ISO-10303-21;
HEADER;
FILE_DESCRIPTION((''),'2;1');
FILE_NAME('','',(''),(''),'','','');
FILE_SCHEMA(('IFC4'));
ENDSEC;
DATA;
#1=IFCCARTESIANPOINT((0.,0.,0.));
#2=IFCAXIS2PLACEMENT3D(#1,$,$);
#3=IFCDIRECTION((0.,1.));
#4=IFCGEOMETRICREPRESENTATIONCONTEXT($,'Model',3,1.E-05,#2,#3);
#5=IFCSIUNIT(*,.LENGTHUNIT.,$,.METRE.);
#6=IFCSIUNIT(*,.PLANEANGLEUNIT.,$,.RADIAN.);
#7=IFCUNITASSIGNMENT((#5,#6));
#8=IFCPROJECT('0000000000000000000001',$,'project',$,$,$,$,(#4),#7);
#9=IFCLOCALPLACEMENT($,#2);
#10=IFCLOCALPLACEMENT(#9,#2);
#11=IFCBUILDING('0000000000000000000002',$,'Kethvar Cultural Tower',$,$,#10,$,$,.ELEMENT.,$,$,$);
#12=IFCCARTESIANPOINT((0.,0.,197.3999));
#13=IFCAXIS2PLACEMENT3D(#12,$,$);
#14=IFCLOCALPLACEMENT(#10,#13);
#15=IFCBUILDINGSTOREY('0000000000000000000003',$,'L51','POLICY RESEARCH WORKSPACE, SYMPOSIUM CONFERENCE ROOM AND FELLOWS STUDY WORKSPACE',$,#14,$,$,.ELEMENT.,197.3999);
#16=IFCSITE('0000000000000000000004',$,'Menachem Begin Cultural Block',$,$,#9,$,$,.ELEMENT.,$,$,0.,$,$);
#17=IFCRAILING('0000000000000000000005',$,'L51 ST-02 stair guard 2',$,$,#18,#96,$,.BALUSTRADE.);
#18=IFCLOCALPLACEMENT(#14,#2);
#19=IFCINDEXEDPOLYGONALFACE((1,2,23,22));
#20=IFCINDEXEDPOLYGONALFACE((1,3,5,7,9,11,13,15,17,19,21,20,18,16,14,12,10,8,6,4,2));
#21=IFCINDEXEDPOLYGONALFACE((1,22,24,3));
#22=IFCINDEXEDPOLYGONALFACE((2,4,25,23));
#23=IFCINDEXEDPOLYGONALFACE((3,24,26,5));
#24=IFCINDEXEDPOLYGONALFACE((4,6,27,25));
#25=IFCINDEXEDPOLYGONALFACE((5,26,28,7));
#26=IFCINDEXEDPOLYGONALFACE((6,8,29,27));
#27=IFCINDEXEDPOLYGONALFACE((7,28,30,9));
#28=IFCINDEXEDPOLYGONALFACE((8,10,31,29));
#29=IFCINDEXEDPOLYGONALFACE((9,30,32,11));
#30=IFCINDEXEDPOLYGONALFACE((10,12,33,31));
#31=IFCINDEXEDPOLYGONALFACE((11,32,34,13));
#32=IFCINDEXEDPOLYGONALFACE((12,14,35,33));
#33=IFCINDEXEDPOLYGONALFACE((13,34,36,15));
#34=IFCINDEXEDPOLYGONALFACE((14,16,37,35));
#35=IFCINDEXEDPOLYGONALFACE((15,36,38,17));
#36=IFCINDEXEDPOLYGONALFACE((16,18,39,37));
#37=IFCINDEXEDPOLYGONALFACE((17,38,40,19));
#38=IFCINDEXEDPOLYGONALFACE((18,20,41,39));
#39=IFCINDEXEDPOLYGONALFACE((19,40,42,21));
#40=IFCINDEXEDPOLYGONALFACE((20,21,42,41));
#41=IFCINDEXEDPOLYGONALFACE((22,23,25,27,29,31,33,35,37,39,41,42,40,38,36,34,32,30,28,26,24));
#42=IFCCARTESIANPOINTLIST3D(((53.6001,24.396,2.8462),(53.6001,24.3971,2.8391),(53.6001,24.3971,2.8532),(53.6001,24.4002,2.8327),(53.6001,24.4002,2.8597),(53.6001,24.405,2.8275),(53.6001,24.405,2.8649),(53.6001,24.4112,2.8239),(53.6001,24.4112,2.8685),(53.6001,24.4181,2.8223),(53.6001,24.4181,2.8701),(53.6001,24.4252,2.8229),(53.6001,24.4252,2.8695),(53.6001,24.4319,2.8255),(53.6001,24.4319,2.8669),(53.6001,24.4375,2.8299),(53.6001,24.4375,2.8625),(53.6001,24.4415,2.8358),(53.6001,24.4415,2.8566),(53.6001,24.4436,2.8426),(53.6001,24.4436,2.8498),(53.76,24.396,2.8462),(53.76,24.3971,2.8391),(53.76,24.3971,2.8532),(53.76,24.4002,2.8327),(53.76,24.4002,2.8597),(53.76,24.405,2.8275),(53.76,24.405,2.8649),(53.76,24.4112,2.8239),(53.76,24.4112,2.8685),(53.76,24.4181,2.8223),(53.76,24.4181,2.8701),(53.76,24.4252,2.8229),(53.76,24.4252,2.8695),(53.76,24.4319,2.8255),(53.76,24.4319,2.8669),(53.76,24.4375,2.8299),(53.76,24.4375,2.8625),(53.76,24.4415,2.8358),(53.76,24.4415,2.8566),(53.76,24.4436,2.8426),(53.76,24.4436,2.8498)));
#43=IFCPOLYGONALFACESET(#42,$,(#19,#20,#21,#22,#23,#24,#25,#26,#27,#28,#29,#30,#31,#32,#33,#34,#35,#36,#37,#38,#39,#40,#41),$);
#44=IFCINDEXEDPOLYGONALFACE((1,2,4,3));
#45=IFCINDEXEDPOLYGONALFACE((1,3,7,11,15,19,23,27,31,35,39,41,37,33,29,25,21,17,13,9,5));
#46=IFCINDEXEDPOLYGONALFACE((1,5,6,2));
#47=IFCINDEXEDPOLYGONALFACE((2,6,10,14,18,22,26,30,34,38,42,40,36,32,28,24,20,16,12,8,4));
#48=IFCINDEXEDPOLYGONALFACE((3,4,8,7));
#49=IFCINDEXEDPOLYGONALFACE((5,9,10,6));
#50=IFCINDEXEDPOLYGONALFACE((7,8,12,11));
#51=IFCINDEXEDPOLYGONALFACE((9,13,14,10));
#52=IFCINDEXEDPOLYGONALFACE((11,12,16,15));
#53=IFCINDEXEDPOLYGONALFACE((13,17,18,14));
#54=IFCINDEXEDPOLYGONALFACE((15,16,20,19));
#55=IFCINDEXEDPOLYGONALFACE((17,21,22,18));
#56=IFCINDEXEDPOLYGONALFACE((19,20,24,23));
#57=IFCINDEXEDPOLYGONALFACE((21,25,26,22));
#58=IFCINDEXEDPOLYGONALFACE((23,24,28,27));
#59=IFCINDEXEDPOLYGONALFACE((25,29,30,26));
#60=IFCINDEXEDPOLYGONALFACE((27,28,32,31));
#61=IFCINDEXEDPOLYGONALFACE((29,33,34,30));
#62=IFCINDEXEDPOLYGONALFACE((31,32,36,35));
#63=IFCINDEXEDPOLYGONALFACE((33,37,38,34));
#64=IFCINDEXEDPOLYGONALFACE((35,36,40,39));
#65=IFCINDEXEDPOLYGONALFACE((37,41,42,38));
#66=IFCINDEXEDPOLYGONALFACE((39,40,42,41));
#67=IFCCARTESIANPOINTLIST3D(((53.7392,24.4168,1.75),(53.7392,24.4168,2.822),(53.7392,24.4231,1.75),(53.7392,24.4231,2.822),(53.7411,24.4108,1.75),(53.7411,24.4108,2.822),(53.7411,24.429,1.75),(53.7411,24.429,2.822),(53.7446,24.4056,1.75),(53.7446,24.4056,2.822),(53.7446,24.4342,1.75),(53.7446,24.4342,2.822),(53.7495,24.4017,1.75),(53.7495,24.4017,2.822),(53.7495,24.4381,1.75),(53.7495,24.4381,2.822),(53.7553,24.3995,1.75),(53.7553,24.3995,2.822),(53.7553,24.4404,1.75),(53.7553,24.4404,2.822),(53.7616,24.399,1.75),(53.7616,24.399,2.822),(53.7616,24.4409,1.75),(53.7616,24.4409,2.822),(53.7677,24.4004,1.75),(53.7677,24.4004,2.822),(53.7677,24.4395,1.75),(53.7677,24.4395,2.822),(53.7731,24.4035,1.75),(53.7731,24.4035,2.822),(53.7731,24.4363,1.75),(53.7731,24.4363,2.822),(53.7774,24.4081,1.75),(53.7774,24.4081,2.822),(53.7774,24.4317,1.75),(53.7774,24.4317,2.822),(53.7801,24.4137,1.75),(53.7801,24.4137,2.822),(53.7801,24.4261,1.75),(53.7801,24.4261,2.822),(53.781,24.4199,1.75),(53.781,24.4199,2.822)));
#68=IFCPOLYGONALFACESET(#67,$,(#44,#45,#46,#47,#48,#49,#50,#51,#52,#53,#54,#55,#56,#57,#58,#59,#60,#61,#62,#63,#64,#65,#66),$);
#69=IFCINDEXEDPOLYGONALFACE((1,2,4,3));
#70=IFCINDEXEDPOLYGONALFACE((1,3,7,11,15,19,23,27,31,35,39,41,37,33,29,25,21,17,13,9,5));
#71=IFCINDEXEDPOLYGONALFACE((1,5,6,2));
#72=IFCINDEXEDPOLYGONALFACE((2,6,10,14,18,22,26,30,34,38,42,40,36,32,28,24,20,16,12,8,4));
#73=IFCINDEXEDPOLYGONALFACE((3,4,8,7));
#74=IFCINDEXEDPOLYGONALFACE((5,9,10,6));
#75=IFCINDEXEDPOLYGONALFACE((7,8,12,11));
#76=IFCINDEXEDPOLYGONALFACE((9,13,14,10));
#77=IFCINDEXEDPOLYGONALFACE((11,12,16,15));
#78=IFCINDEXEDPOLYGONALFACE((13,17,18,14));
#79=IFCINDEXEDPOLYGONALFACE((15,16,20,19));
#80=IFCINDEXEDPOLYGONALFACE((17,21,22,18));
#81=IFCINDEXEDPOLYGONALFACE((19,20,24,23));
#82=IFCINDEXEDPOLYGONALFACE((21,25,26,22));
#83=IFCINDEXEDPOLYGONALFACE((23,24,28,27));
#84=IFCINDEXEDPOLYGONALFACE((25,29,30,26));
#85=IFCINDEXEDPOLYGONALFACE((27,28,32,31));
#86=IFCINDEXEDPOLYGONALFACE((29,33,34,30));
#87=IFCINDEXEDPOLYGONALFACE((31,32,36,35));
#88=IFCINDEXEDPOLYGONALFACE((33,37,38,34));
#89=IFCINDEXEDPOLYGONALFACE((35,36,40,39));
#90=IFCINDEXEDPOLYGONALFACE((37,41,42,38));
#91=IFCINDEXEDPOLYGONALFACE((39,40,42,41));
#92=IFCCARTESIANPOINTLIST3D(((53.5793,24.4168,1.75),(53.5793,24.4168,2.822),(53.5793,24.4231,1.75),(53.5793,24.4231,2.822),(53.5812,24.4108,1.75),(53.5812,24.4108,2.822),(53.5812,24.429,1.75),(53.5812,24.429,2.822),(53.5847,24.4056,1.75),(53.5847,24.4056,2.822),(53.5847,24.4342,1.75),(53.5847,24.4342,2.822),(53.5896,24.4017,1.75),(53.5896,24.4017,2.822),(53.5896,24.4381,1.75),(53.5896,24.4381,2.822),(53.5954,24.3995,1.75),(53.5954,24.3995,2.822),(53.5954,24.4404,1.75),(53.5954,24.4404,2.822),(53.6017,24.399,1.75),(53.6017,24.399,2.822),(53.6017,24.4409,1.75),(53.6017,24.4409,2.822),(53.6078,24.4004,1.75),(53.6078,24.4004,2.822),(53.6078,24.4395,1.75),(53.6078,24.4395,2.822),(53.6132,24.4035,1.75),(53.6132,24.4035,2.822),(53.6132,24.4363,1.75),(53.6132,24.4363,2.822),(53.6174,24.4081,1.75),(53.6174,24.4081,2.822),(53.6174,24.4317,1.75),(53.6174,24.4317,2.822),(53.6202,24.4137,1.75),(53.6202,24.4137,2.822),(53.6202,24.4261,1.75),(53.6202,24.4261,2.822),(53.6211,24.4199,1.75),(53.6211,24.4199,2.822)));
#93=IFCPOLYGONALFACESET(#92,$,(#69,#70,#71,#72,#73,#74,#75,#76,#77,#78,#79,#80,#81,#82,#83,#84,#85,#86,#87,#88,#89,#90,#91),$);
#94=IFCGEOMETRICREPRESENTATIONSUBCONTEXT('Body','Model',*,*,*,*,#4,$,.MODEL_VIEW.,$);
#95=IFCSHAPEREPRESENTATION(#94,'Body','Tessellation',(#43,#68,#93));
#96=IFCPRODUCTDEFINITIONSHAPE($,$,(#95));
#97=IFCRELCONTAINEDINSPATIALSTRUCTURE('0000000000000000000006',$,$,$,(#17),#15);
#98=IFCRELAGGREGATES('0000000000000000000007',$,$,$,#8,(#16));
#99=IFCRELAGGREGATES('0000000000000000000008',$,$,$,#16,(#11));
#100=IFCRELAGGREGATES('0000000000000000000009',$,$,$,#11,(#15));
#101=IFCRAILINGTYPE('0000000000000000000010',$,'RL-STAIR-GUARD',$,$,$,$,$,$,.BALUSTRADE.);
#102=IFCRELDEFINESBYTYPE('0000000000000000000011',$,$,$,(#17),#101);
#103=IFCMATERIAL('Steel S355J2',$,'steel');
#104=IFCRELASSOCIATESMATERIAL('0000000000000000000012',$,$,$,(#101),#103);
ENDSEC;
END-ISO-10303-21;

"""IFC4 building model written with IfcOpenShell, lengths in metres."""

from ifc_helpers import new_model, si_unit, direction, frame, origin, origin_2d, place, context, subcontext, project, spatial, circle, extrude, material, type_object, element, save


model = new_model("IFC4")

# Units and contexts
model_context = context("Model", 3, precision=1e-05, world=origin(), true_north=direction((0.0, 1.0)))
body_context = subcontext(model_context, "Body", "Model", "MODEL_VIEW")
ifc_project = project(units=[si_unit("LENGTHUNIT", "METRE"), si_unit("PLANEANGLEUNIT", "RADIAN")], contexts=[model_context])

# Site, building, storey
site_placement = place(None, origin())
site = spatial("IfcSite", under=ifc_project, at=site_placement, Name="Menachem Begin Cultural Block", CompositionType="ELEMENT", RefElevation=0.0)
building_placement = place(site_placement, origin())
building = spatial("IfcBuilding", under=site, at=building_placement, Name="Kethvar Cultural Tower", CompositionType="ELEMENT")
storey_placement = place(building_placement, frame((0.0, 0.0, 197.3999)))
storey = spatial("IfcBuildingStorey", under=building, at=storey_placement, Name="L51", Description="POLICY RESEARCH WORKSPACE, SYMPOSIUM CONFERENCE ROOM AND FELLOWS STUDY WORKSPACE", CompositionType="ELEMENT", Elevation=197.3999)

# Shared definitions
ifc_material_1 = material(Name="Steel S355J2", Category="steel")

# Railing
railing_type_1 = type_object("IfcRailingType", Name="RL-STAIR-GUARD", PredefinedType="BALUSTRADE", material=ifc_material_1)
railing_1_placement = place(storey_placement, frame((53.76, 24.4199, 1.75)))
element("IfcRailing", 1, at=railing_1_placement, inside=storey, type_object=railing_type_1, Name="L51 ST-02 stair guard 2", PredefinedType="BALUSTRADE", context=body_context, shape_type="SweptSolid", body=[
    extrude(circle(Radius=0.0239, at=origin_2d()), frame((0.0, 0.0, 1.0962), z_axis=(-1.0, 0.0, 0.0), x_axis=(0.0, -1.0, 0.0)), (0.0, 0.0, 1.0), 0.1599),
    extrude(circle(Radius=0.021, at=origin_2d()), origin(), (0.0, 0.0, 1.0), 1.072),
    extrude(circle(Radius=0.021, at=origin_2d()), frame((-0.1599, 0.0, 0.0)), (0.0, 0.0, 1.0), 1.072),
])

save(model, "model.ifc")
